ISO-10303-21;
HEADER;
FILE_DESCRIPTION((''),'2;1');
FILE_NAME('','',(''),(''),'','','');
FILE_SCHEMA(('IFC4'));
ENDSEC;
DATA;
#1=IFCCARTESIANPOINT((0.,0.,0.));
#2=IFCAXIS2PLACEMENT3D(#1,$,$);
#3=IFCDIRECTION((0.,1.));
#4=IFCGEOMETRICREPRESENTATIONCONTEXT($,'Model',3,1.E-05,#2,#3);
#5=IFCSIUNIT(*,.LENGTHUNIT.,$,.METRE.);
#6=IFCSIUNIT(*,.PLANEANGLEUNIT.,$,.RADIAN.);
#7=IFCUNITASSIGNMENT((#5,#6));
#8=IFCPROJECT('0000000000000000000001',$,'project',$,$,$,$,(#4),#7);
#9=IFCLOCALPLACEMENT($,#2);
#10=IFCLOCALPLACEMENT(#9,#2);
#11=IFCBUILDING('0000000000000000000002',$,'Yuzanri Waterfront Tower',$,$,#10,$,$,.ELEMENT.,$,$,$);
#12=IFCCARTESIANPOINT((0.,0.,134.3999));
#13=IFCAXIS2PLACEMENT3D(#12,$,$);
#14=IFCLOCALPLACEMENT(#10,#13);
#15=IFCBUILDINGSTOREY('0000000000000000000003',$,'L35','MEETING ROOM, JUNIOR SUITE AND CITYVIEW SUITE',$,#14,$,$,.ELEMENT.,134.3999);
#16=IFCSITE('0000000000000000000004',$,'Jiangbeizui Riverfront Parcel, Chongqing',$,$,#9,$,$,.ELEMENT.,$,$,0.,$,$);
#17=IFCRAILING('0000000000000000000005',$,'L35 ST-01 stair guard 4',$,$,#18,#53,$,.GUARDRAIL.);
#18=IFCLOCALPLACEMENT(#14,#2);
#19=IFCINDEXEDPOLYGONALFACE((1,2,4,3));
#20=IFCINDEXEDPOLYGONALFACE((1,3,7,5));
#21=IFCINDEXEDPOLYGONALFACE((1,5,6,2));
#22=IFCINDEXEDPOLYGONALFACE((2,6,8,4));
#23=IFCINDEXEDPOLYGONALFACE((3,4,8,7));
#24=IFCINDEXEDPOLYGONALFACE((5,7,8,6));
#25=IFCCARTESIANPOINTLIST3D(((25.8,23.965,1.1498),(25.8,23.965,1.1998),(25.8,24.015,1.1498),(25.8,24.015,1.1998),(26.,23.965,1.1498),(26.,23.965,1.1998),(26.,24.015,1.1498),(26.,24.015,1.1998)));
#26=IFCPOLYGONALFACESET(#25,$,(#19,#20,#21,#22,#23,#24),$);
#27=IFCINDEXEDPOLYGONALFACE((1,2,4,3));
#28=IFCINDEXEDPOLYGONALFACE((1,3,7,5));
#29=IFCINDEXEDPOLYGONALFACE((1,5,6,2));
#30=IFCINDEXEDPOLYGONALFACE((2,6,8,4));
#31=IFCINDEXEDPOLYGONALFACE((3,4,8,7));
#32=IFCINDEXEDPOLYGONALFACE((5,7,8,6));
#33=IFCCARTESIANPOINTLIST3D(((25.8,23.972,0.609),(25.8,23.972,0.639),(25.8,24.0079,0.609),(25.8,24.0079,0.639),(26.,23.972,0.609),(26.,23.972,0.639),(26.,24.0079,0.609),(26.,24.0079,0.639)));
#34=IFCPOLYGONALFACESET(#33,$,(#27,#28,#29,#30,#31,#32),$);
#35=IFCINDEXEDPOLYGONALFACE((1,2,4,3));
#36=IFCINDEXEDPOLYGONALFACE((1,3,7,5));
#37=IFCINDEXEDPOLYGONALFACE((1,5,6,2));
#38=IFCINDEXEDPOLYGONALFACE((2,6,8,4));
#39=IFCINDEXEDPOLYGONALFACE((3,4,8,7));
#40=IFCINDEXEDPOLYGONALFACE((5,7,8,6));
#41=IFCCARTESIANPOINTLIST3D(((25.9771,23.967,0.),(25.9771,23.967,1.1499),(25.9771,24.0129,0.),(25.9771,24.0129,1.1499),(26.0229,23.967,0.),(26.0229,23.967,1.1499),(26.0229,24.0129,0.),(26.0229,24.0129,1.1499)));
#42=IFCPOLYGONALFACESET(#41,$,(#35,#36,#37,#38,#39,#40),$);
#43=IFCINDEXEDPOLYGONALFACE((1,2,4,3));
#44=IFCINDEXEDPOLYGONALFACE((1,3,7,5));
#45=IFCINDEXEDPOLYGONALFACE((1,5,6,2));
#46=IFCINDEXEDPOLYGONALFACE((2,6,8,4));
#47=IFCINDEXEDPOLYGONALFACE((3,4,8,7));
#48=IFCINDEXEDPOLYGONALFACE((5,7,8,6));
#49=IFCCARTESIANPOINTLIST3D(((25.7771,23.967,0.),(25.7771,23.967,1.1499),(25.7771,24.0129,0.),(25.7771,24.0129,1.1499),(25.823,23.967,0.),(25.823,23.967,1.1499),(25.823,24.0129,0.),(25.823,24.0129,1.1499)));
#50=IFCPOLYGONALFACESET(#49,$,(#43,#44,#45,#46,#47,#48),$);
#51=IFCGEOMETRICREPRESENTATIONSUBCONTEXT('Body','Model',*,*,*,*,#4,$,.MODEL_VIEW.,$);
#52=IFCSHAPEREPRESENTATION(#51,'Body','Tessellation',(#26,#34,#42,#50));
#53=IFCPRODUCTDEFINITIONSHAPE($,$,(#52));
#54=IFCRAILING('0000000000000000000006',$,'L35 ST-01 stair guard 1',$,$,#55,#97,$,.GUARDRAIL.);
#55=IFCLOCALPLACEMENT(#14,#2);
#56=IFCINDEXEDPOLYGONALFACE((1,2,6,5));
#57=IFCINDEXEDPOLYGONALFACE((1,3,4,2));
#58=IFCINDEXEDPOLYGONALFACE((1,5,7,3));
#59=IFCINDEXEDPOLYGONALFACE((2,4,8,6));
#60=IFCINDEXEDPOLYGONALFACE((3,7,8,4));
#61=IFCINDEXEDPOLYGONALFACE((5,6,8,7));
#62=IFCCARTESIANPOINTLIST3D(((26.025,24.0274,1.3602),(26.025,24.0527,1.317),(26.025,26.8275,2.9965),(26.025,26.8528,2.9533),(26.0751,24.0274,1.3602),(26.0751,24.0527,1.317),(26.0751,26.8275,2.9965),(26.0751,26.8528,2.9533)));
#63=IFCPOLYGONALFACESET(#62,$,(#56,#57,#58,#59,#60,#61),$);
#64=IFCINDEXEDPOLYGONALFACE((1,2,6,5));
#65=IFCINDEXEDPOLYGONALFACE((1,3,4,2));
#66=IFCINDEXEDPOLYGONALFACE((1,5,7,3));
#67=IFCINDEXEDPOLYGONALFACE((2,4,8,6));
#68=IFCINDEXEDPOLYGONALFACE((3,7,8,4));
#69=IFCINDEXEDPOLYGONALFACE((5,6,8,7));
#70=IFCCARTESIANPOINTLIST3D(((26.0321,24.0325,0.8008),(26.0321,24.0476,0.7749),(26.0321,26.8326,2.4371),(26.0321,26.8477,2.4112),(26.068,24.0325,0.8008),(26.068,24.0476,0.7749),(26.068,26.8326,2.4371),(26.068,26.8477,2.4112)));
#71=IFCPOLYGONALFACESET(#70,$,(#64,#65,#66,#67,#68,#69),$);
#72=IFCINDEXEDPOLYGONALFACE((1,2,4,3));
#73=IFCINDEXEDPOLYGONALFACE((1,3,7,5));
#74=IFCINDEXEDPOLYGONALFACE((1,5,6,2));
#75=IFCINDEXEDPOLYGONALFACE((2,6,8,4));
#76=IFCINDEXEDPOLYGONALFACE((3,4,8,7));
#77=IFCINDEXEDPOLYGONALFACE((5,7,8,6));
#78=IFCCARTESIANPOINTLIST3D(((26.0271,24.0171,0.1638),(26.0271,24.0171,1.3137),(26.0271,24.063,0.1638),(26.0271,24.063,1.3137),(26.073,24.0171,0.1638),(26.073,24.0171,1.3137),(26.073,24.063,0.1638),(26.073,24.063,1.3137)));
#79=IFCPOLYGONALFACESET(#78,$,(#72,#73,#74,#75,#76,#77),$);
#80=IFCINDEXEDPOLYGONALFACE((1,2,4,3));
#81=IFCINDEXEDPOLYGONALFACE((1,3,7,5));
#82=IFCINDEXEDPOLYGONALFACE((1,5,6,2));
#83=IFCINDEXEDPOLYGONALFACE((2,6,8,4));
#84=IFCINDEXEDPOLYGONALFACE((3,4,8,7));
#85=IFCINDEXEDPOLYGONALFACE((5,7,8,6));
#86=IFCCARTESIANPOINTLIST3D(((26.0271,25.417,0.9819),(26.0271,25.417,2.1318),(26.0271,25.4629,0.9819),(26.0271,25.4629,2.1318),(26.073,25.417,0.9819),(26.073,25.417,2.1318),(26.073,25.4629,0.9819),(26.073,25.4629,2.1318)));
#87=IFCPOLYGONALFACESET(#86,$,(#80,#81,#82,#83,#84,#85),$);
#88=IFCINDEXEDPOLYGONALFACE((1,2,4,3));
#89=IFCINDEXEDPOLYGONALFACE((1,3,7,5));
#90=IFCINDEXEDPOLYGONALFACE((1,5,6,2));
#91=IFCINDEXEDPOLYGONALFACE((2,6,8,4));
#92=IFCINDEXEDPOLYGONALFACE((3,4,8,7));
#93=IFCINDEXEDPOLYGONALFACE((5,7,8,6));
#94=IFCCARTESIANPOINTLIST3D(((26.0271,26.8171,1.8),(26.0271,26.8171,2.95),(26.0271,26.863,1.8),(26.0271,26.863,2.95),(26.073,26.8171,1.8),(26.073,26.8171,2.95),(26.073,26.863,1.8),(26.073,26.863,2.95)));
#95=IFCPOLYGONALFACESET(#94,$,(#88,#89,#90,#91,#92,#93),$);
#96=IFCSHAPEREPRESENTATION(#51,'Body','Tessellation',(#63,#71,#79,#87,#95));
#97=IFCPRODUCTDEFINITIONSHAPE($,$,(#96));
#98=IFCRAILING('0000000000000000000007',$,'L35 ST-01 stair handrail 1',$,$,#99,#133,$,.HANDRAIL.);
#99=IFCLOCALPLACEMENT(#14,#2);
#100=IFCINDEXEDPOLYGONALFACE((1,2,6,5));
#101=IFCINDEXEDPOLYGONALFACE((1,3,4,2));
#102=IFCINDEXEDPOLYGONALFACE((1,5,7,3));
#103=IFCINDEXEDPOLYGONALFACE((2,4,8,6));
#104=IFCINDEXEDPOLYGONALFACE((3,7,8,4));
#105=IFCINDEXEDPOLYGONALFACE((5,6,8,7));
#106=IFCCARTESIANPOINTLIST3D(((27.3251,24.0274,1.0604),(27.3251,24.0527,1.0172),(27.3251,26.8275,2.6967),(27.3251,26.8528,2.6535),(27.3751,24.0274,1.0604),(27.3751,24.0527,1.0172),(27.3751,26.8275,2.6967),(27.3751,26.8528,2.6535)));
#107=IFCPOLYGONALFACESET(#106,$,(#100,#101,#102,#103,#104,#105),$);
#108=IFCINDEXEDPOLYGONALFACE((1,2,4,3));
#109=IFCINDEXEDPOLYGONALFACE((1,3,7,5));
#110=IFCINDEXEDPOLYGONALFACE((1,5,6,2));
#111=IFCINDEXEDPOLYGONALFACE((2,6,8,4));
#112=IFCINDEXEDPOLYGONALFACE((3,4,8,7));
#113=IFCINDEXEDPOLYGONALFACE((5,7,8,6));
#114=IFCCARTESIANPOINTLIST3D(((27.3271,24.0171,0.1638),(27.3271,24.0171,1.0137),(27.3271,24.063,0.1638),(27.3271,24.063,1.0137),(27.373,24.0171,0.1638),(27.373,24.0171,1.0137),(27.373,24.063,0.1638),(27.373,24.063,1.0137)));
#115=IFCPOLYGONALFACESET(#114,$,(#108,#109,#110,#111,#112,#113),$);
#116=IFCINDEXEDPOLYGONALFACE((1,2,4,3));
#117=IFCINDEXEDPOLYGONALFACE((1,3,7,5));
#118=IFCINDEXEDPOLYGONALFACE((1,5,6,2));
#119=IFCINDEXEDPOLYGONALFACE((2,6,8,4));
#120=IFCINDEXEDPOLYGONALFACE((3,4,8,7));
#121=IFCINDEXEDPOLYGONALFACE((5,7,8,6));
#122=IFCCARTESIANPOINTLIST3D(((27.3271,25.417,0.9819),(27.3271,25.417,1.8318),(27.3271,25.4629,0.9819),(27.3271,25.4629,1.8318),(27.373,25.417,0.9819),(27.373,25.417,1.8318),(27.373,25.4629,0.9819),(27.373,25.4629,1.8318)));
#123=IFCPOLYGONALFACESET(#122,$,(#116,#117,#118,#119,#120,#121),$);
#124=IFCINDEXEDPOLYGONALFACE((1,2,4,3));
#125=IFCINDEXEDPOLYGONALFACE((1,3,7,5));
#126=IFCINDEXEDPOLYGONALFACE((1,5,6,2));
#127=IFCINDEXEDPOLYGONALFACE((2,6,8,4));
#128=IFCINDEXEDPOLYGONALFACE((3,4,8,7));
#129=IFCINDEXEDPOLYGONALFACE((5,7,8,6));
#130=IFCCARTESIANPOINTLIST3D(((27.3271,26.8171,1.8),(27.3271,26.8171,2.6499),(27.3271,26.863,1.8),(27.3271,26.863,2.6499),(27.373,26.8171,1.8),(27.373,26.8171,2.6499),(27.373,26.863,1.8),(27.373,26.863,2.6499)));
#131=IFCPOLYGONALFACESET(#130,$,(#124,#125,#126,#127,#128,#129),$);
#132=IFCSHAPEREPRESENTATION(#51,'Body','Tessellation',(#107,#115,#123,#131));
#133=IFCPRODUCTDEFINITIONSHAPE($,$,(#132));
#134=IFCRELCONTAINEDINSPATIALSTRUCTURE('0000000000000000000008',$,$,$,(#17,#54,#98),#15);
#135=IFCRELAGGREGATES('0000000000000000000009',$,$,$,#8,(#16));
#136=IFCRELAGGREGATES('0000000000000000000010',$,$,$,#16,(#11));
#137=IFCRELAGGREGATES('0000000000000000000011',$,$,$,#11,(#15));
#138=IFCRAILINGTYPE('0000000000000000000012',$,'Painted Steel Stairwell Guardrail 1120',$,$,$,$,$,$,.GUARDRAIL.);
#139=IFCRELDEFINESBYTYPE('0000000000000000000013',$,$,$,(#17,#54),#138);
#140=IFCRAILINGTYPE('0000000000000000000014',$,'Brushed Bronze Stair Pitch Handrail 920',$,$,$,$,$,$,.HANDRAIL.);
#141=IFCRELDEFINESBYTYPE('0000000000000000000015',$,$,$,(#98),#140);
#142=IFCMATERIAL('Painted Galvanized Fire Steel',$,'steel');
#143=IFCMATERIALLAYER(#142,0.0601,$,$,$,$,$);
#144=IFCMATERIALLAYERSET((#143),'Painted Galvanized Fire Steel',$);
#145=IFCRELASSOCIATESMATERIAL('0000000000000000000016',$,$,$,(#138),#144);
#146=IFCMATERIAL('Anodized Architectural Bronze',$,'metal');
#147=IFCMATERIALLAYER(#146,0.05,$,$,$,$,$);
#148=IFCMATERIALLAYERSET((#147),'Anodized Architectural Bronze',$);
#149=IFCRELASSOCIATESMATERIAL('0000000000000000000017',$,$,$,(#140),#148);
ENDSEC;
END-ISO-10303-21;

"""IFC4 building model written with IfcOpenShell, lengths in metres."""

from ifc_helpers import new_model, si_unit, direction, frame, origin, origin_2d, place, context, subcontext, project, spatial, rectangle, extrude, source, transform, mapped, material, layer, layer_set, type_object, element, save


model = new_model("IFC4")

# Units and contexts
model_context = context("Model", 3, precision=1e-05, world=origin(), true_north=direction((0.0, 1.0)))
body_context = subcontext(model_context, "Body", "Model", "MODEL_VIEW")
ifc_project = project(units=[si_unit("LENGTHUNIT", "METRE"), si_unit("PLANEANGLEUNIT", "RADIAN")], contexts=[model_context])

# Site, building, storey
site_placement = place(None, origin())
site = spatial("IfcSite", under=ifc_project, at=site_placement, Name="Jiangbeizui Riverfront Parcel, Chongqing", CompositionType="ELEMENT", RefElevation=0.0)
building_placement = place(site_placement, origin())
building = spatial("IfcBuilding", under=site, at=building_placement, Name="Yuzanri Waterfront Tower", CompositionType="ELEMENT")
storey_placement = place(building_placement, frame((0.0, 0.0, 134.3999)))
storey = spatial("IfcBuildingStorey", under=building, at=storey_placement, Name="L35", Description="MEETING ROOM, JUNIOR SUITE AND CITYVIEW SUITE", CompositionType="ELEMENT", Elevation=134.3999)

# Railings
ifc_material_1 = material(Name="Painted Galvanized Fire Steel", Category="steel")
ifc_layer_1 = layer(ifc_material_1, 0.0601)
ifc_layer_set_1 = layer_set([ifc_layer_1], Name="Painted Galvanized Fire Steel")
railing_type_1 = type_object("IfcRailingType", Name="Painted Steel Stairwell Guardrail 1120", PredefinedType="GUARDRAIL", material=ifc_layer_set_1)
shared_shape_1 = source(origin(), body_context, "Body", "SweptSolid", [
    extrude(rectangle(XDim=0.05, YDim=0.05, at=origin_2d()), frame((0.0, 0.0, 1.1748), z_axis=(-1.0, 0.0, 0.0), x_axis=(0.0, -1.0, 0.0)), (0.0, 0.0, 1.0), 0.2),
    extrude(rectangle(XDim=0.0359, YDim=0.03, at=origin_2d()), frame((0.0, 0.0, 0.624), z_axis=(-1.0, 0.0, 0.0), x_axis=(0.0, -1.0, 0.0)), (0.0, 0.0, 1.0), 0.2),
    extrude(rectangle(XDim=0.0459, YDim=0.0459, at=origin_2d()), origin(), (0.0, 0.0, 1.0), 1.1499),
    extrude(rectangle(XDim=0.0459, YDim=0.0459, at=origin_2d()), frame((-0.2, 0.0, 0.0)), (0.0, 0.0, 1.0), 1.1499),
])
railing_1_placement = place(storey_placement, frame((26.0, 23.99, 0.0)))
element("IfcRailing", 1, at=railing_1_placement, inside=storey, type_object=railing_type_1, Name="L35 ST-01 stair guard 4", PredefinedType="GUARDRAIL", context=body_context, shape_type="MappedRepresentation", body=[
    mapped(shared_shape_1, transform((0.0, 0.0, 0.0), scale=1.0)),
])
shared_shape_2 = source(origin(), body_context, "Body", "SweptSolid", [
    extrude(rectangle(XDim=0.05, YDim=0.05, at=origin_2d()), frame((0.0, 0.0, 1.1748), z_axis=(0.0, 0.863394, 0.504531), x_axis=(-1.0, 0.0, 0.0)), (0.0, 0.0, 1.0), 3.2432),
    extrude(rectangle(XDim=0.0359, YDim=0.03, at=origin_2d()), frame((0.0, 0.0, 0.624), z_axis=(0.0, 0.863394, 0.504531), x_axis=(-1.0, 0.0, 0.0)), (0.0, 0.0, 1.0), 3.2432),
    extrude(rectangle(XDim=0.0459, YDim=0.0459, at=origin_2d()), origin(), (0.0, 0.0, 1.0), 1.1499),
    extrude(rectangle(XDim=0.0459, YDim=0.0459, at=origin_2d()), frame((0.0, 1.3999, 0.8181)), (0.0, 0.0, 1.0), 1.1499),
    extrude(rectangle(XDim=0.0459, YDim=0.0459, at=origin_2d()), frame((0.0, 2.8, 1.6362)), (0.0, 0.0, 1.0), 1.1499),
])
railing_2_placement = place(storey_placement, frame((26.05, 24.04, 0.1638)))
element("IfcRailing", 2, at=railing_2_placement, inside=storey, type_object=railing_type_1, Name="L35 ST-01 stair guard 1", PredefinedType="GUARDRAIL", context=body_context, shape_type="MappedRepresentation", body=[
    mapped(shared_shape_2, transform((0.0, 0.0, 0.0), scale=1.0)),
])
ifc_material_2 = material(Name="Anodized Architectural Bronze", Category="metal")
ifc_layer_2 = layer(ifc_material_2, 0.05)
ifc_layer_set_2 = layer_set([ifc_layer_2], Name="Anodized Architectural Bronze")
railing_type_2 = type_object("IfcRailingType", Name="Brushed Bronze Stair Pitch Handrail 920", PredefinedType="HANDRAIL", material=ifc_layer_set_2)
shared_shape_3 = source(origin(), body_context, "Body", "SweptSolid", [
    extrude(rectangle(XDim=0.05, YDim=0.05, at=origin_2d()), frame((0.0, 0.0, 0.875), z_axis=(0.0, 0.863394, 0.504531), x_axis=(-1.0, 0.0, 0.0)), (0.0, 0.0, 1.0), 3.2432),
    extrude(rectangle(XDim=0.0459, YDim=0.0459, at=origin_2d()), origin(), (0.0, 0.0, 1.0), 0.8499),
    extrude(rectangle(XDim=0.0459, YDim=0.0459, at=origin_2d()), frame((0.0, 1.3999, 0.8181)), (0.0, 0.0, 1.0), 0.8499),
    extrude(rectangle(XDim=0.0459, YDim=0.0459, at=origin_2d()), frame((0.0, 2.8, 1.6362)), (0.0, 0.0, 1.0), 0.8499),
])
railing_3_placement = place(storey_placement, frame((27.3501, 24.04, 0.1638)))
element("IfcRailing", 3, at=railing_3_placement, inside=storey, type_object=railing_type_2, Name="L35 ST-01 stair handrail 1", PredefinedType="HANDRAIL", context=body_context, shape_type="MappedRepresentation", body=[
    mapped(shared_shape_3, transform((0.0, 0.0, 0.0), scale=1.0)),
])

save(model, "model.ifc")
